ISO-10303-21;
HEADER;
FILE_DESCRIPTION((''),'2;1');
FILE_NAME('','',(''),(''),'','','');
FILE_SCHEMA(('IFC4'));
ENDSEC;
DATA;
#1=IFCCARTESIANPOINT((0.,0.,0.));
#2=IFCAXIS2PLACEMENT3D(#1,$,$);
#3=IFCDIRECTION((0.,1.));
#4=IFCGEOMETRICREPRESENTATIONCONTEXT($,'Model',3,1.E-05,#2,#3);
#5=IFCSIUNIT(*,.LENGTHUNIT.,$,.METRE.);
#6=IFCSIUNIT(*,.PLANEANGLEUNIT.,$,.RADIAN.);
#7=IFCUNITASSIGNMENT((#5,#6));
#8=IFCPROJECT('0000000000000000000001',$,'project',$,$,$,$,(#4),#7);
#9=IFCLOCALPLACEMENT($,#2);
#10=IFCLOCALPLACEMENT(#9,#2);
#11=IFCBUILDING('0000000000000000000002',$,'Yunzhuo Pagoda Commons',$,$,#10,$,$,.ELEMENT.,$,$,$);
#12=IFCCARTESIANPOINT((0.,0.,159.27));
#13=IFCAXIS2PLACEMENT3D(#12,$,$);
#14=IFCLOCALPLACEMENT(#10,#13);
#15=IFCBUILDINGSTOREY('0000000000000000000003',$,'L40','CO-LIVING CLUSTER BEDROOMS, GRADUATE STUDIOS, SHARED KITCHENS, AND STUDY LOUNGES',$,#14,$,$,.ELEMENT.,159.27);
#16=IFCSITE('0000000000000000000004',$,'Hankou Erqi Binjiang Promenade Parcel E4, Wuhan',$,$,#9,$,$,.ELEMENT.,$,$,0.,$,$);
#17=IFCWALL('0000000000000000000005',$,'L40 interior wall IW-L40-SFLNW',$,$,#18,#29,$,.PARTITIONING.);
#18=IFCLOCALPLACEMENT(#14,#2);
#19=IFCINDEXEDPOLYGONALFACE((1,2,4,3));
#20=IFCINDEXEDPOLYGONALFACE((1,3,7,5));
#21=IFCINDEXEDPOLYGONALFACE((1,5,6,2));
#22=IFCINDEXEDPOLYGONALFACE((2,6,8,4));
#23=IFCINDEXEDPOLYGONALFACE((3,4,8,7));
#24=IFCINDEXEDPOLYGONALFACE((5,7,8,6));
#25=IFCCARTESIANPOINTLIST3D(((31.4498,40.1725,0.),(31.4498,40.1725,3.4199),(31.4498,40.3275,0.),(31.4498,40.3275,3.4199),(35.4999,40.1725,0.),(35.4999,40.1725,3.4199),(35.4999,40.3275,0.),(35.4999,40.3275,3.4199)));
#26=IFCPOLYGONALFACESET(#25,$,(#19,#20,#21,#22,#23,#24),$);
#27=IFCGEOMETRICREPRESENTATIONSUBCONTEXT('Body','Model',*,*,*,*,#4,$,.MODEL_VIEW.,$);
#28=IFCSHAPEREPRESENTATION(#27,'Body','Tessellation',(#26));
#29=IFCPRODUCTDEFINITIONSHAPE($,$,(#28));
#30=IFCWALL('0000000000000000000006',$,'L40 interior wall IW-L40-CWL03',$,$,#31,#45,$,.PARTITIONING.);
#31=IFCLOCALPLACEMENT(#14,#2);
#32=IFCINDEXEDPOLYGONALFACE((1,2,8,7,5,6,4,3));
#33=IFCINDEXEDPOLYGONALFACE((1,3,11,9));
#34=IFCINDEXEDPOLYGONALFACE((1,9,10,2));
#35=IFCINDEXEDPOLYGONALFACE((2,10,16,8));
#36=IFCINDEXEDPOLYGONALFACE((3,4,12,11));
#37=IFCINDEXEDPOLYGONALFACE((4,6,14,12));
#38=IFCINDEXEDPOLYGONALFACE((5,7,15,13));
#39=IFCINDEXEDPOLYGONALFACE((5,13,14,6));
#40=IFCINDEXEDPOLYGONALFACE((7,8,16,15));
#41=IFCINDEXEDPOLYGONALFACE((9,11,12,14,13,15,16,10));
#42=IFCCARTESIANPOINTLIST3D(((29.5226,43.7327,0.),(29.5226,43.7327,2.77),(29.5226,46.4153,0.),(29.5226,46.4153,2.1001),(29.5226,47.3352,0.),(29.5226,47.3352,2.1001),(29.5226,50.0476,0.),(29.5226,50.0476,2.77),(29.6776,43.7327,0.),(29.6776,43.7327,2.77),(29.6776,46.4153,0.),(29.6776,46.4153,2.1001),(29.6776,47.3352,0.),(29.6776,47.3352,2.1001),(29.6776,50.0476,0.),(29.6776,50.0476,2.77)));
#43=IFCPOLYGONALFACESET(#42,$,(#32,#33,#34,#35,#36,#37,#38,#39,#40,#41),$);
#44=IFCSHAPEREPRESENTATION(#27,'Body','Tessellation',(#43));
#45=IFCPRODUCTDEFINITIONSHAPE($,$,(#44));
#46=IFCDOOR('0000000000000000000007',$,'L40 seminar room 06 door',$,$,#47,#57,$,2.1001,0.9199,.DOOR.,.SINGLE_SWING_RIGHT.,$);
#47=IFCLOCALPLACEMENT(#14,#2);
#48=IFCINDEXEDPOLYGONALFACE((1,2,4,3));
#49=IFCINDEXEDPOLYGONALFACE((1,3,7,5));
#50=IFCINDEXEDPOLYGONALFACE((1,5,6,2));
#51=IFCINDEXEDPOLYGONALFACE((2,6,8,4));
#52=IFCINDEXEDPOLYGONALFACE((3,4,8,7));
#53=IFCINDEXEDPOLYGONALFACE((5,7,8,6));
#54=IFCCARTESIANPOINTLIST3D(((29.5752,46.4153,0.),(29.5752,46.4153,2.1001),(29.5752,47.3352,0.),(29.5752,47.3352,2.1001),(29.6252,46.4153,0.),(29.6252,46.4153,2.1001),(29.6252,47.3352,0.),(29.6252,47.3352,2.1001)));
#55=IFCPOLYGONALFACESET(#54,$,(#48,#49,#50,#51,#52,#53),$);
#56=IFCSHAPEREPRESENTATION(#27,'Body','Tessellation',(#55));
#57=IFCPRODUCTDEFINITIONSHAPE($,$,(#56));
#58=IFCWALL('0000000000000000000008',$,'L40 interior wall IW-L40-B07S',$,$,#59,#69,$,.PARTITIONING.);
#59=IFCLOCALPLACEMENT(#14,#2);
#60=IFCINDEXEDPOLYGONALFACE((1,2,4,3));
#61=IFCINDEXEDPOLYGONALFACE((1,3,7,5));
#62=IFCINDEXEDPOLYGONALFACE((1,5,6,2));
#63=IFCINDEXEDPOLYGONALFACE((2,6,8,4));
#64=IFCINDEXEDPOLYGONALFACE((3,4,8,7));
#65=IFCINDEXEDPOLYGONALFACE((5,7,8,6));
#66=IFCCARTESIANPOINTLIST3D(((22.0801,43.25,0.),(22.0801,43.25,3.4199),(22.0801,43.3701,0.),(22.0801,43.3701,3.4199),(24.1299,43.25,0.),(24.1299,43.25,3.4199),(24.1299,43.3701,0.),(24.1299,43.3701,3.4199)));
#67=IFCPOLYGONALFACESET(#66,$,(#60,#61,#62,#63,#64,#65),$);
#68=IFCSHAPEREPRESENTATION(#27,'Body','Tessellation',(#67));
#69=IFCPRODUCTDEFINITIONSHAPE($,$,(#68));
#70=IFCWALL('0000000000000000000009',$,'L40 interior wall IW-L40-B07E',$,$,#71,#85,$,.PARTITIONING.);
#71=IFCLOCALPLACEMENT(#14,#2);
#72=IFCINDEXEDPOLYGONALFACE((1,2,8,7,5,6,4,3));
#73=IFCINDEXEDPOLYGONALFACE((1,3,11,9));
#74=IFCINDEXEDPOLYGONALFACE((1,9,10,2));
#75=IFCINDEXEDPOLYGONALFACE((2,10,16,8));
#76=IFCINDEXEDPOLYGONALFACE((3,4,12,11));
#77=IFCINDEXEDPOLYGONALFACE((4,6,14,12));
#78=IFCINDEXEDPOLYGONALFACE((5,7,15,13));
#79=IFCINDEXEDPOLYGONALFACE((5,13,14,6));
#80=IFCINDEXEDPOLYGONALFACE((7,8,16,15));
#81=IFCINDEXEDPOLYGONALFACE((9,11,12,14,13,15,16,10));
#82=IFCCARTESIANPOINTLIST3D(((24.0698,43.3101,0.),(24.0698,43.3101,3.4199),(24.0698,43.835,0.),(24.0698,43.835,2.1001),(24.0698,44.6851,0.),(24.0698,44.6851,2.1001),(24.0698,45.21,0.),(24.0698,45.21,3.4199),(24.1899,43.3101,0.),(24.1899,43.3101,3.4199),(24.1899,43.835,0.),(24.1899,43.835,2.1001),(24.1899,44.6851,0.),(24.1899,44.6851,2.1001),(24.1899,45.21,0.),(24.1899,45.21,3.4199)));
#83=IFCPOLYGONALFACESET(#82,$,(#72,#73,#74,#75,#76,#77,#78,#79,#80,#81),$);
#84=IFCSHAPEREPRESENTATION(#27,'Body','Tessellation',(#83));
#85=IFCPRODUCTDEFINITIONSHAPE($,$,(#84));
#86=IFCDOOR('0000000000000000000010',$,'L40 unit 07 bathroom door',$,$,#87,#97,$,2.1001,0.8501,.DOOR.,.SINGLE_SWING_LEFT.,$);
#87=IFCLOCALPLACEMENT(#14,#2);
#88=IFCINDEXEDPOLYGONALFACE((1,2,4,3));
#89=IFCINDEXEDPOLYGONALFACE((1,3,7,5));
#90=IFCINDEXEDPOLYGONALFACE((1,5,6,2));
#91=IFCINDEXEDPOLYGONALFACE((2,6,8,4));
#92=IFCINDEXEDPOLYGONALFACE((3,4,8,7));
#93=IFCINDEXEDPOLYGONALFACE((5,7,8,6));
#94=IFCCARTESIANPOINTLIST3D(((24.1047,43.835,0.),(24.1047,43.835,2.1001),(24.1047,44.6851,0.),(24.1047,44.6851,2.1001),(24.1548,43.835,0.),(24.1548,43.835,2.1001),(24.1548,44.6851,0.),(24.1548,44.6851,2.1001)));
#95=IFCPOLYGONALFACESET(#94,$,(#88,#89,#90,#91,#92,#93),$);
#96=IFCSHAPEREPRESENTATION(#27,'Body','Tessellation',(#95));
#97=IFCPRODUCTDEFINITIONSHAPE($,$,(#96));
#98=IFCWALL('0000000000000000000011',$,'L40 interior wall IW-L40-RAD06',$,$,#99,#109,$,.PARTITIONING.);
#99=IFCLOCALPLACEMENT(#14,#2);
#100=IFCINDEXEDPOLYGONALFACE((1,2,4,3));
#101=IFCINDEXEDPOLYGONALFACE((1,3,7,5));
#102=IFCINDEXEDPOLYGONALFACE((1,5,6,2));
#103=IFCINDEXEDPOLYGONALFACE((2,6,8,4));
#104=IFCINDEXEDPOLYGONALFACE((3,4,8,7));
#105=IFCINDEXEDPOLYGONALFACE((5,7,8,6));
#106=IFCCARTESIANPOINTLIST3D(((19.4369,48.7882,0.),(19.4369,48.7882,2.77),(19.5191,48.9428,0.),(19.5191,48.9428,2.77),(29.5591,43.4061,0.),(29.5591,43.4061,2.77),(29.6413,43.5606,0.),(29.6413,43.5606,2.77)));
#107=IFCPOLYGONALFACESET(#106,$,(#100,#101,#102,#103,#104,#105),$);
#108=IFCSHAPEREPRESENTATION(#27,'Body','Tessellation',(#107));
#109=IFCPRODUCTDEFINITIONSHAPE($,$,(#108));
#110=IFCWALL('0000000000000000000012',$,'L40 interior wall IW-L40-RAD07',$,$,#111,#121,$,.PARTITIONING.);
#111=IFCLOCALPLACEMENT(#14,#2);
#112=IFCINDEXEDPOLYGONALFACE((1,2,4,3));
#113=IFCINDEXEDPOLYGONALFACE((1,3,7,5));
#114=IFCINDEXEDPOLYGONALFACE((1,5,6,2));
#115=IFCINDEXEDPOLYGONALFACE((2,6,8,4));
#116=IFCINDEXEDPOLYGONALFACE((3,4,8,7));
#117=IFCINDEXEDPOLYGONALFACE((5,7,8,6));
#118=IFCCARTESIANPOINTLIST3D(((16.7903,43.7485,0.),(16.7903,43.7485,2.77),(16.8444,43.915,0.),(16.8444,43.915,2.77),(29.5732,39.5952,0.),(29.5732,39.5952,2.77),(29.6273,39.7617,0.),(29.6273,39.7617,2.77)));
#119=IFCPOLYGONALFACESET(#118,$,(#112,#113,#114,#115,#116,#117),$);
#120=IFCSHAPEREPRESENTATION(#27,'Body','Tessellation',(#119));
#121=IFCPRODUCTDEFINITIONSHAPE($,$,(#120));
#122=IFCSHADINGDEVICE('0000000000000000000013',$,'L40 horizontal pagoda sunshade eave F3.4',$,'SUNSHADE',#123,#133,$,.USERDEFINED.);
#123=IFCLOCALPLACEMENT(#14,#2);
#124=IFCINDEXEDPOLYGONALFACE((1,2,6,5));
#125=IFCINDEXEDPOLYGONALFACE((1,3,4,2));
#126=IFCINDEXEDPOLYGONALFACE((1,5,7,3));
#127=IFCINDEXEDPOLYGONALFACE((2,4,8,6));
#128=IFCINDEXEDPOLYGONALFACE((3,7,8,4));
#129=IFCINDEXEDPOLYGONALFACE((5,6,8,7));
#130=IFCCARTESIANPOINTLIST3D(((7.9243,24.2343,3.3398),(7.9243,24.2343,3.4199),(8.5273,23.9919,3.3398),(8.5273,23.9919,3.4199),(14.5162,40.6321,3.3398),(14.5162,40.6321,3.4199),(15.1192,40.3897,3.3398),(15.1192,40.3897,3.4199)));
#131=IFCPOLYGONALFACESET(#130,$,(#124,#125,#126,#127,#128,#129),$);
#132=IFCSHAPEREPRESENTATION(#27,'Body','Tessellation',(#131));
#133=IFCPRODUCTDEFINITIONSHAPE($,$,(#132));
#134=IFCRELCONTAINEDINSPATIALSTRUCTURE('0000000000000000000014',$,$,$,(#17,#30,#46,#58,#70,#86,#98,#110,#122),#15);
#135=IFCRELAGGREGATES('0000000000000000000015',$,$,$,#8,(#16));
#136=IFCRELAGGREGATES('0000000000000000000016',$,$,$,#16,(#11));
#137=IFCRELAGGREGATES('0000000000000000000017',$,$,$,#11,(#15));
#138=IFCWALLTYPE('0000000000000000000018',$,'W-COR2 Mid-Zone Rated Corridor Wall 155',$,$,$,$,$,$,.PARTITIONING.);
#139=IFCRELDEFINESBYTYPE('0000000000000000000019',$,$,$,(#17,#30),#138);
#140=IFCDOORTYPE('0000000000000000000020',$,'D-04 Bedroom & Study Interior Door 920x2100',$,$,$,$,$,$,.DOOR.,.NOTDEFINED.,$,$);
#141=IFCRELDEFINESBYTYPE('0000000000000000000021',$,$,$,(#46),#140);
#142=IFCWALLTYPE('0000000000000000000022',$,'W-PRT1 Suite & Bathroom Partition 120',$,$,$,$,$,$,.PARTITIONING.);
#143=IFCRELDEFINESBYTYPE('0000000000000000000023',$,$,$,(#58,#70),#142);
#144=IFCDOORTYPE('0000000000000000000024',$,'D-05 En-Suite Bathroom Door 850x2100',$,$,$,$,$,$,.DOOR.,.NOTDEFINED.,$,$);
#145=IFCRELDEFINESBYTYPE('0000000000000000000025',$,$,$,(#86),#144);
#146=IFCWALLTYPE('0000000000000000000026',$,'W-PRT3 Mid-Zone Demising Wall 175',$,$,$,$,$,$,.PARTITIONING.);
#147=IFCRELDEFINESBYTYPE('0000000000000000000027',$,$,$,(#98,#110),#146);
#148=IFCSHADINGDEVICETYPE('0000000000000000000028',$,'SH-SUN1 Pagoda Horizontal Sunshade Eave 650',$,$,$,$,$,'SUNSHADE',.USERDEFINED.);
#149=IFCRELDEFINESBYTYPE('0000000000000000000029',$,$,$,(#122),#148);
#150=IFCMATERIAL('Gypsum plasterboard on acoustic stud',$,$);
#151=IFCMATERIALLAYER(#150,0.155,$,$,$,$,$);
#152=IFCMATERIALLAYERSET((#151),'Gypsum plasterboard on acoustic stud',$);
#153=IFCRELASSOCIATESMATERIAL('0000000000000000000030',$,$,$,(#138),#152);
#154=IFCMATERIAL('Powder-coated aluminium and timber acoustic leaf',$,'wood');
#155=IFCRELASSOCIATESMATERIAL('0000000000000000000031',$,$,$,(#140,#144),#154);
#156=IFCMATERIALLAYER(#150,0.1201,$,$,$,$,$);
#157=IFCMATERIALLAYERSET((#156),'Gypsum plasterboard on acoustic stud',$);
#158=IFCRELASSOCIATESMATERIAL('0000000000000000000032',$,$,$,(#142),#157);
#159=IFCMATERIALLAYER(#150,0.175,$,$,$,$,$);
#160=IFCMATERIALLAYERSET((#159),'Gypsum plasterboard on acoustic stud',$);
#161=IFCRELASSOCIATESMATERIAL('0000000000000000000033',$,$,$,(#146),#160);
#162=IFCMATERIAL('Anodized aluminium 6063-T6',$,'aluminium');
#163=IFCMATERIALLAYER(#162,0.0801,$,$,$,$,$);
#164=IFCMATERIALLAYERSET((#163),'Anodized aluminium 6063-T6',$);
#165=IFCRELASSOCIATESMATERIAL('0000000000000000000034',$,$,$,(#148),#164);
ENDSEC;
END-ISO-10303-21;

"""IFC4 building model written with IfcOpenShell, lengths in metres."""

from ifc_helpers import new_model, si_unit, direction, frame, frame_2d, origin, origin_with_axes, origin_2d, place, context, subcontext, project, spatial, rectangle, extrude, source, transform, mapped, material, layer, layer_set, type_object, element, fill, save


model = new_model("IFC4")

# Units and contexts
model_context = context("Model", 3, precision=1e-05, world=origin(), true_north=direction((0.0, 1.0)))
body_context = subcontext(model_context, "Body", "Model", "MODEL_VIEW")
ifc_project = project(units=[si_unit("LENGTHUNIT", "METRE"), si_unit("PLANEANGLEUNIT", "RADIAN")], contexts=[model_context])

# Site, building, storey
site_placement = place(None, origin())
site = spatial("IfcSite", under=ifc_project, at=site_placement, Name="Hankou Erqi Binjiang Promenade Parcel E4, Wuhan", CompositionType="ELEMENT", RefElevation=0.0)
building_placement = place(site_placement, origin())
building = spatial("IfcBuilding", under=site, at=building_placement, Name="Yunzhuo Pagoda Commons", CompositionType="ELEMENT")
storey_placement = place(building_placement, frame((0.0, 0.0, 159.27)))
storey = spatial("IfcBuildingStorey", under=building, at=storey_placement, Name="L40", Description="CO-LIVING CLUSTER BEDROOMS, GRADUATE STUDIOS, SHARED KITCHENS, AND STUDY LOUNGES", CompositionType="ELEMENT", Elevation=159.27)

# Shared definitions
ifc_material_1 = material(Name="Anodized aluminium 6063-T6", Category="aluminium")

# Wall
ifc_material_2 = material(Name="Gypsum plasterboard on acoustic stud")
ifc_layer_1 = layer(ifc_material_2, 0.155)
ifc_layer_set_1 = layer_set([ifc_layer_1], Name="Gypsum plasterboard on acoustic stud")
wall_type_1 = type_object("IfcWallType", Name="W-COR2 Mid-Zone Rated Corridor Wall 155", PredefinedType="PARTITIONING", material=ifc_layer_set_1)
wall_1_placement = place(storey_placement, frame((31.45, 40.25, 0.0), z_axis=(0.0, 0.0, 1.0), x_axis=(1.0, 0.0, 0.0)))
element("IfcWall", 1, at=wall_1_placement, inside=storey, type_object=wall_type_1, Name="L40 interior wall IW-L40-SFLNW", PredefinedType="PARTITIONING", context=body_context, shape_type="SweptSolid", body=[
    extrude(rectangle(XDim=4.05, YDim=0.155, at=frame_2d((2.0249, 0.0))), origin(), (0.0, 0.0, 1.0), 3.4199),
])

# Wall, opening, door
wall_2_placement = place(storey_placement, frame((29.6001, 43.7327, 0.0), z_axis=(0.0, 0.0, 1.0), x_axis=(0.0, 1.0, 0.0)))
wall_2 = element("IfcWall", 2, at=wall_2_placement, inside=storey, type_object=wall_type_1, Name="L40 interior wall IW-L40-CWL03", PredefinedType="PARTITIONING", context=body_context, shape_type="SweptSolid", body=[
    extrude(rectangle(XDim=6.3149, YDim=0.155, at=frame_2d((3.1575, 0.0))), origin(), (0.0, 0.0, 1.0), 2.77),
])
opening_1_placement = place(wall_2_placement, frame((2.6826, 0.0, 0.0)))
opening_1 = element("IfcOpeningElement", 3, at=opening_1_placement, cuts=wall_2, PredefinedType="OPENING", context=body_context, shape_type="SweptSolid", body=[
    extrude(rectangle(XDim=0.9199, YDim=2.1001, at=frame_2d((0.46, 1.05))), frame((0.0, 0.0874, 0.0), z_axis=(0.0, -1.0, 0.0), x_axis=(1.0, 0.0, 0.0)), (0.0, 0.0, 1.0), 0.175),
])
ifc_material_3 = material(Name="Powder-coated aluminium and timber acoustic leaf", Category="wood")
door_type_1 = type_object("IfcDoorType", Name="D-04 Bedroom & Study Interior Door 920x2100", OperationType="NOTDEFINED", PredefinedType="DOOR", material=ifc_material_3)
shared_shape_1 = source(origin(), body_context, "Body", "SweptSolid", [
    extrude(rectangle(XDim=0.9199, YDim=2.1001, at=frame_2d((0.46, 1.05))), frame((0.0, 0.0249, 0.0), z_axis=(0.0, -1.0, 0.0), x_axis=(1.0, 0.0, 0.0)), (0.0, 0.0, 1.0), 0.05),
])
door_1_placement = place(opening_1_placement, origin_with_axes())
door_1 = element("IfcDoor", 4, at=door_1_placement, inside=storey, type_object=door_type_1, Name="L40 seminar room 06 door", OperationType="SINGLE_SWING_RIGHT", OverallHeight=2.1001, OverallWidth=0.9199, PredefinedType="DOOR", context=body_context, shape_type="MappedRepresentation", body=[
    mapped(shared_shape_1, transform((0.0, 0.0, 0.0), scale=1.0)),
])
fill(opening_1, door_1)

# Wall
ifc_layer_2 = layer(ifc_material_2, 0.1201)
ifc_layer_set_2 = layer_set([ifc_layer_2], Name="Gypsum plasterboard on acoustic stud")
wall_type_2 = type_object("IfcWallType", Name="W-PRT1 Suite & Bathroom Partition 120", PredefinedType="PARTITIONING", material=ifc_layer_set_2)
wall_3_placement = place(storey_placement, frame((22.0801, 43.3101, 0.0), z_axis=(0.0, 0.0, 1.0), x_axis=(1.0, 0.0, 0.0)))
element("IfcWall", 5, at=wall_3_placement, inside=storey, type_object=wall_type_2, Name="L40 interior wall IW-L40-B07S", PredefinedType="PARTITIONING", context=body_context, shape_type="SweptSolid", body=[
    extrude(rectangle(XDim=2.0498, YDim=0.1201, at=frame_2d((1.0249, 0.0))), origin(), (0.0, 0.0, 1.0), 3.4199),
])

# Wall, opening, door
wall_4_placement = place(storey_placement, frame((24.1299, 43.3101, 0.0), z_axis=(0.0, 0.0, 1.0), x_axis=(0.0, 1.0, 0.0)))
wall_4 = element("IfcWall", 6, at=wall_4_placement, inside=storey, type_object=wall_type_2, Name="L40 interior wall IW-L40-B07E", PredefinedType="PARTITIONING", context=body_context, shape_type="SweptSolid", body=[
    extrude(rectangle(XDim=1.8999, YDim=0.1201, at=frame_2d((0.95, 0.0))), origin(), (0.0, 0.0, 1.0), 3.4199),
])
opening_2_placement = place(wall_4_placement, frame((0.5249, 0.0, 0.0)))
opening_2 = element("IfcOpeningElement", 7, at=opening_2_placement, cuts=wall_4, PredefinedType="OPENING", context=body_context, shape_type="SweptSolid", body=[
    extrude(rectangle(XDim=0.8501, YDim=2.1001, at=frame_2d((0.425, 1.05))), frame((0.0, 0.0701, 0.0), z_axis=(0.0, -1.0, 0.0), x_axis=(1.0, 0.0, 0.0)), (0.0, 0.0, 1.0), 0.1401),
])
door_type_2 = type_object("IfcDoorType", Name="D-05 En-Suite Bathroom Door 850x2100", OperationType="NOTDEFINED", PredefinedType="DOOR", material=ifc_material_3)
shared_shape_2 = source(origin(), body_context, "Body", "SweptSolid", [
    extrude(rectangle(XDim=0.8501, YDim=2.1001, at=frame_2d((0.425, 1.05))), frame((0.0, 0.0249, 0.0), z_axis=(0.0, -1.0, 0.0), x_axis=(1.0, 0.0, 0.0)), (0.0, 0.0, 1.0), 0.05),
])
door_2_placement = place(opening_2_placement, frame((0.8501, 0.0, 0.0), z_axis=(0.0, 0.0, 1.0), x_axis=(-1.0, 0.0, 0.0)))
door_2 = element("IfcDoor", 8, at=door_2_placement, inside=storey, type_object=door_type_2, Name="L40 unit 07 bathroom door", OperationType="SINGLE_SWING_LEFT", OverallHeight=2.1001, OverallWidth=0.8501, PredefinedType="DOOR", context=body_context, shape_type="MappedRepresentation", body=[
    mapped(shared_shape_2, transform((0.0, 0.0, 0.0), scale=1.0)),
])
fill(opening_2, door_2)

# Walls
ifc_layer_3 = layer(ifc_material_2, 0.175)
ifc_layer_set_3 = layer_set([ifc_layer_3], Name="Gypsum plasterboard on acoustic stud")
wall_type_3 = type_object("IfcWallType", Name="W-PRT3 Mid-Zone Demising Wall 175", PredefinedType="PARTITIONING", material=ifc_layer_set_3)
wall_5_placement = place(storey_placement, frame((29.6001, 43.4834, 0.0), z_axis=(0.0, 0.0, 1.0), x_axis=(-0.882945, 0.469477, 0.0)))
element("IfcWall", 9, at=wall_5_placement, inside=storey, type_object=wall_type_3, Name="L40 interior wall IW-L40-RAD06", PredefinedType="PARTITIONING", context=body_context, shape_type="SweptSolid", body=[
    extrude(rectangle(XDim=11.4641, YDim=0.175, at=frame_2d((5.7319, 0.0))), origin(), (0.0, 0.0, 1.0), 2.77),
])
wall_6_placement = place(storey_placement, frame((29.6001, 39.6785, 0.0), z_axis=(0.0, 0.0, 1.0), x_axis=(-0.951059, 0.309009, 0.0)))
element("IfcWall", 10, at=wall_6_placement, inside=storey, type_object=wall_type_3, Name="L40 interior wall IW-L40-RAD07", PredefinedType="PARTITIONING", context=body_context, shape_type="SweptSolid", body=[
    extrude(rectangle(XDim=13.4407, YDim=0.175, at=frame_2d((6.7202, 0.0))), origin(), (0.0, 0.0, 1.0), 2.77),
])

# Shading device
ifc_layer_4 = layer(ifc_material_1, 0.0801)
ifc_layer_set_4 = layer_set([ifc_layer_4], Name="Anodized aluminium 6063-T6")
shading_device_type = type_object("IfcShadingDeviceType", Name="SH-SUN1 Pagoda Horizontal Sunshade Eave 650", ElementType="SUNSHADE", PredefinedType="USERDEFINED", material=ifc_layer_set_4)
shared_shape_3 = source(origin(), body_context, "Body", "SweptSolid", [
    extrude(rectangle(XDim=17.6731, YDim=0.6499, at=origin_2d()), origin(), (0.0, 0.0, 1.0), 0.0801),
])
shading_device_placement = place(storey_placement, frame((11.5217, 32.312, 3.3398), z_axis=(0.0, 0.0, 1.0), x_axis=(-0.372988, -0.927836, 0.0)))
element("IfcShadingDevice", 11, at=shading_device_placement, inside=storey, type_object=shading_device_type, Name="L40 horizontal pagoda sunshade eave F3.4", ObjectType="SUNSHADE", PredefinedType="USERDEFINED", context=body_context, shape_type="MappedRepresentation", body=[
    mapped(shared_shape_3, transform((0.0, 0.0, 0.0), scale=1.0)),
])

save(model, "model.ifc")
